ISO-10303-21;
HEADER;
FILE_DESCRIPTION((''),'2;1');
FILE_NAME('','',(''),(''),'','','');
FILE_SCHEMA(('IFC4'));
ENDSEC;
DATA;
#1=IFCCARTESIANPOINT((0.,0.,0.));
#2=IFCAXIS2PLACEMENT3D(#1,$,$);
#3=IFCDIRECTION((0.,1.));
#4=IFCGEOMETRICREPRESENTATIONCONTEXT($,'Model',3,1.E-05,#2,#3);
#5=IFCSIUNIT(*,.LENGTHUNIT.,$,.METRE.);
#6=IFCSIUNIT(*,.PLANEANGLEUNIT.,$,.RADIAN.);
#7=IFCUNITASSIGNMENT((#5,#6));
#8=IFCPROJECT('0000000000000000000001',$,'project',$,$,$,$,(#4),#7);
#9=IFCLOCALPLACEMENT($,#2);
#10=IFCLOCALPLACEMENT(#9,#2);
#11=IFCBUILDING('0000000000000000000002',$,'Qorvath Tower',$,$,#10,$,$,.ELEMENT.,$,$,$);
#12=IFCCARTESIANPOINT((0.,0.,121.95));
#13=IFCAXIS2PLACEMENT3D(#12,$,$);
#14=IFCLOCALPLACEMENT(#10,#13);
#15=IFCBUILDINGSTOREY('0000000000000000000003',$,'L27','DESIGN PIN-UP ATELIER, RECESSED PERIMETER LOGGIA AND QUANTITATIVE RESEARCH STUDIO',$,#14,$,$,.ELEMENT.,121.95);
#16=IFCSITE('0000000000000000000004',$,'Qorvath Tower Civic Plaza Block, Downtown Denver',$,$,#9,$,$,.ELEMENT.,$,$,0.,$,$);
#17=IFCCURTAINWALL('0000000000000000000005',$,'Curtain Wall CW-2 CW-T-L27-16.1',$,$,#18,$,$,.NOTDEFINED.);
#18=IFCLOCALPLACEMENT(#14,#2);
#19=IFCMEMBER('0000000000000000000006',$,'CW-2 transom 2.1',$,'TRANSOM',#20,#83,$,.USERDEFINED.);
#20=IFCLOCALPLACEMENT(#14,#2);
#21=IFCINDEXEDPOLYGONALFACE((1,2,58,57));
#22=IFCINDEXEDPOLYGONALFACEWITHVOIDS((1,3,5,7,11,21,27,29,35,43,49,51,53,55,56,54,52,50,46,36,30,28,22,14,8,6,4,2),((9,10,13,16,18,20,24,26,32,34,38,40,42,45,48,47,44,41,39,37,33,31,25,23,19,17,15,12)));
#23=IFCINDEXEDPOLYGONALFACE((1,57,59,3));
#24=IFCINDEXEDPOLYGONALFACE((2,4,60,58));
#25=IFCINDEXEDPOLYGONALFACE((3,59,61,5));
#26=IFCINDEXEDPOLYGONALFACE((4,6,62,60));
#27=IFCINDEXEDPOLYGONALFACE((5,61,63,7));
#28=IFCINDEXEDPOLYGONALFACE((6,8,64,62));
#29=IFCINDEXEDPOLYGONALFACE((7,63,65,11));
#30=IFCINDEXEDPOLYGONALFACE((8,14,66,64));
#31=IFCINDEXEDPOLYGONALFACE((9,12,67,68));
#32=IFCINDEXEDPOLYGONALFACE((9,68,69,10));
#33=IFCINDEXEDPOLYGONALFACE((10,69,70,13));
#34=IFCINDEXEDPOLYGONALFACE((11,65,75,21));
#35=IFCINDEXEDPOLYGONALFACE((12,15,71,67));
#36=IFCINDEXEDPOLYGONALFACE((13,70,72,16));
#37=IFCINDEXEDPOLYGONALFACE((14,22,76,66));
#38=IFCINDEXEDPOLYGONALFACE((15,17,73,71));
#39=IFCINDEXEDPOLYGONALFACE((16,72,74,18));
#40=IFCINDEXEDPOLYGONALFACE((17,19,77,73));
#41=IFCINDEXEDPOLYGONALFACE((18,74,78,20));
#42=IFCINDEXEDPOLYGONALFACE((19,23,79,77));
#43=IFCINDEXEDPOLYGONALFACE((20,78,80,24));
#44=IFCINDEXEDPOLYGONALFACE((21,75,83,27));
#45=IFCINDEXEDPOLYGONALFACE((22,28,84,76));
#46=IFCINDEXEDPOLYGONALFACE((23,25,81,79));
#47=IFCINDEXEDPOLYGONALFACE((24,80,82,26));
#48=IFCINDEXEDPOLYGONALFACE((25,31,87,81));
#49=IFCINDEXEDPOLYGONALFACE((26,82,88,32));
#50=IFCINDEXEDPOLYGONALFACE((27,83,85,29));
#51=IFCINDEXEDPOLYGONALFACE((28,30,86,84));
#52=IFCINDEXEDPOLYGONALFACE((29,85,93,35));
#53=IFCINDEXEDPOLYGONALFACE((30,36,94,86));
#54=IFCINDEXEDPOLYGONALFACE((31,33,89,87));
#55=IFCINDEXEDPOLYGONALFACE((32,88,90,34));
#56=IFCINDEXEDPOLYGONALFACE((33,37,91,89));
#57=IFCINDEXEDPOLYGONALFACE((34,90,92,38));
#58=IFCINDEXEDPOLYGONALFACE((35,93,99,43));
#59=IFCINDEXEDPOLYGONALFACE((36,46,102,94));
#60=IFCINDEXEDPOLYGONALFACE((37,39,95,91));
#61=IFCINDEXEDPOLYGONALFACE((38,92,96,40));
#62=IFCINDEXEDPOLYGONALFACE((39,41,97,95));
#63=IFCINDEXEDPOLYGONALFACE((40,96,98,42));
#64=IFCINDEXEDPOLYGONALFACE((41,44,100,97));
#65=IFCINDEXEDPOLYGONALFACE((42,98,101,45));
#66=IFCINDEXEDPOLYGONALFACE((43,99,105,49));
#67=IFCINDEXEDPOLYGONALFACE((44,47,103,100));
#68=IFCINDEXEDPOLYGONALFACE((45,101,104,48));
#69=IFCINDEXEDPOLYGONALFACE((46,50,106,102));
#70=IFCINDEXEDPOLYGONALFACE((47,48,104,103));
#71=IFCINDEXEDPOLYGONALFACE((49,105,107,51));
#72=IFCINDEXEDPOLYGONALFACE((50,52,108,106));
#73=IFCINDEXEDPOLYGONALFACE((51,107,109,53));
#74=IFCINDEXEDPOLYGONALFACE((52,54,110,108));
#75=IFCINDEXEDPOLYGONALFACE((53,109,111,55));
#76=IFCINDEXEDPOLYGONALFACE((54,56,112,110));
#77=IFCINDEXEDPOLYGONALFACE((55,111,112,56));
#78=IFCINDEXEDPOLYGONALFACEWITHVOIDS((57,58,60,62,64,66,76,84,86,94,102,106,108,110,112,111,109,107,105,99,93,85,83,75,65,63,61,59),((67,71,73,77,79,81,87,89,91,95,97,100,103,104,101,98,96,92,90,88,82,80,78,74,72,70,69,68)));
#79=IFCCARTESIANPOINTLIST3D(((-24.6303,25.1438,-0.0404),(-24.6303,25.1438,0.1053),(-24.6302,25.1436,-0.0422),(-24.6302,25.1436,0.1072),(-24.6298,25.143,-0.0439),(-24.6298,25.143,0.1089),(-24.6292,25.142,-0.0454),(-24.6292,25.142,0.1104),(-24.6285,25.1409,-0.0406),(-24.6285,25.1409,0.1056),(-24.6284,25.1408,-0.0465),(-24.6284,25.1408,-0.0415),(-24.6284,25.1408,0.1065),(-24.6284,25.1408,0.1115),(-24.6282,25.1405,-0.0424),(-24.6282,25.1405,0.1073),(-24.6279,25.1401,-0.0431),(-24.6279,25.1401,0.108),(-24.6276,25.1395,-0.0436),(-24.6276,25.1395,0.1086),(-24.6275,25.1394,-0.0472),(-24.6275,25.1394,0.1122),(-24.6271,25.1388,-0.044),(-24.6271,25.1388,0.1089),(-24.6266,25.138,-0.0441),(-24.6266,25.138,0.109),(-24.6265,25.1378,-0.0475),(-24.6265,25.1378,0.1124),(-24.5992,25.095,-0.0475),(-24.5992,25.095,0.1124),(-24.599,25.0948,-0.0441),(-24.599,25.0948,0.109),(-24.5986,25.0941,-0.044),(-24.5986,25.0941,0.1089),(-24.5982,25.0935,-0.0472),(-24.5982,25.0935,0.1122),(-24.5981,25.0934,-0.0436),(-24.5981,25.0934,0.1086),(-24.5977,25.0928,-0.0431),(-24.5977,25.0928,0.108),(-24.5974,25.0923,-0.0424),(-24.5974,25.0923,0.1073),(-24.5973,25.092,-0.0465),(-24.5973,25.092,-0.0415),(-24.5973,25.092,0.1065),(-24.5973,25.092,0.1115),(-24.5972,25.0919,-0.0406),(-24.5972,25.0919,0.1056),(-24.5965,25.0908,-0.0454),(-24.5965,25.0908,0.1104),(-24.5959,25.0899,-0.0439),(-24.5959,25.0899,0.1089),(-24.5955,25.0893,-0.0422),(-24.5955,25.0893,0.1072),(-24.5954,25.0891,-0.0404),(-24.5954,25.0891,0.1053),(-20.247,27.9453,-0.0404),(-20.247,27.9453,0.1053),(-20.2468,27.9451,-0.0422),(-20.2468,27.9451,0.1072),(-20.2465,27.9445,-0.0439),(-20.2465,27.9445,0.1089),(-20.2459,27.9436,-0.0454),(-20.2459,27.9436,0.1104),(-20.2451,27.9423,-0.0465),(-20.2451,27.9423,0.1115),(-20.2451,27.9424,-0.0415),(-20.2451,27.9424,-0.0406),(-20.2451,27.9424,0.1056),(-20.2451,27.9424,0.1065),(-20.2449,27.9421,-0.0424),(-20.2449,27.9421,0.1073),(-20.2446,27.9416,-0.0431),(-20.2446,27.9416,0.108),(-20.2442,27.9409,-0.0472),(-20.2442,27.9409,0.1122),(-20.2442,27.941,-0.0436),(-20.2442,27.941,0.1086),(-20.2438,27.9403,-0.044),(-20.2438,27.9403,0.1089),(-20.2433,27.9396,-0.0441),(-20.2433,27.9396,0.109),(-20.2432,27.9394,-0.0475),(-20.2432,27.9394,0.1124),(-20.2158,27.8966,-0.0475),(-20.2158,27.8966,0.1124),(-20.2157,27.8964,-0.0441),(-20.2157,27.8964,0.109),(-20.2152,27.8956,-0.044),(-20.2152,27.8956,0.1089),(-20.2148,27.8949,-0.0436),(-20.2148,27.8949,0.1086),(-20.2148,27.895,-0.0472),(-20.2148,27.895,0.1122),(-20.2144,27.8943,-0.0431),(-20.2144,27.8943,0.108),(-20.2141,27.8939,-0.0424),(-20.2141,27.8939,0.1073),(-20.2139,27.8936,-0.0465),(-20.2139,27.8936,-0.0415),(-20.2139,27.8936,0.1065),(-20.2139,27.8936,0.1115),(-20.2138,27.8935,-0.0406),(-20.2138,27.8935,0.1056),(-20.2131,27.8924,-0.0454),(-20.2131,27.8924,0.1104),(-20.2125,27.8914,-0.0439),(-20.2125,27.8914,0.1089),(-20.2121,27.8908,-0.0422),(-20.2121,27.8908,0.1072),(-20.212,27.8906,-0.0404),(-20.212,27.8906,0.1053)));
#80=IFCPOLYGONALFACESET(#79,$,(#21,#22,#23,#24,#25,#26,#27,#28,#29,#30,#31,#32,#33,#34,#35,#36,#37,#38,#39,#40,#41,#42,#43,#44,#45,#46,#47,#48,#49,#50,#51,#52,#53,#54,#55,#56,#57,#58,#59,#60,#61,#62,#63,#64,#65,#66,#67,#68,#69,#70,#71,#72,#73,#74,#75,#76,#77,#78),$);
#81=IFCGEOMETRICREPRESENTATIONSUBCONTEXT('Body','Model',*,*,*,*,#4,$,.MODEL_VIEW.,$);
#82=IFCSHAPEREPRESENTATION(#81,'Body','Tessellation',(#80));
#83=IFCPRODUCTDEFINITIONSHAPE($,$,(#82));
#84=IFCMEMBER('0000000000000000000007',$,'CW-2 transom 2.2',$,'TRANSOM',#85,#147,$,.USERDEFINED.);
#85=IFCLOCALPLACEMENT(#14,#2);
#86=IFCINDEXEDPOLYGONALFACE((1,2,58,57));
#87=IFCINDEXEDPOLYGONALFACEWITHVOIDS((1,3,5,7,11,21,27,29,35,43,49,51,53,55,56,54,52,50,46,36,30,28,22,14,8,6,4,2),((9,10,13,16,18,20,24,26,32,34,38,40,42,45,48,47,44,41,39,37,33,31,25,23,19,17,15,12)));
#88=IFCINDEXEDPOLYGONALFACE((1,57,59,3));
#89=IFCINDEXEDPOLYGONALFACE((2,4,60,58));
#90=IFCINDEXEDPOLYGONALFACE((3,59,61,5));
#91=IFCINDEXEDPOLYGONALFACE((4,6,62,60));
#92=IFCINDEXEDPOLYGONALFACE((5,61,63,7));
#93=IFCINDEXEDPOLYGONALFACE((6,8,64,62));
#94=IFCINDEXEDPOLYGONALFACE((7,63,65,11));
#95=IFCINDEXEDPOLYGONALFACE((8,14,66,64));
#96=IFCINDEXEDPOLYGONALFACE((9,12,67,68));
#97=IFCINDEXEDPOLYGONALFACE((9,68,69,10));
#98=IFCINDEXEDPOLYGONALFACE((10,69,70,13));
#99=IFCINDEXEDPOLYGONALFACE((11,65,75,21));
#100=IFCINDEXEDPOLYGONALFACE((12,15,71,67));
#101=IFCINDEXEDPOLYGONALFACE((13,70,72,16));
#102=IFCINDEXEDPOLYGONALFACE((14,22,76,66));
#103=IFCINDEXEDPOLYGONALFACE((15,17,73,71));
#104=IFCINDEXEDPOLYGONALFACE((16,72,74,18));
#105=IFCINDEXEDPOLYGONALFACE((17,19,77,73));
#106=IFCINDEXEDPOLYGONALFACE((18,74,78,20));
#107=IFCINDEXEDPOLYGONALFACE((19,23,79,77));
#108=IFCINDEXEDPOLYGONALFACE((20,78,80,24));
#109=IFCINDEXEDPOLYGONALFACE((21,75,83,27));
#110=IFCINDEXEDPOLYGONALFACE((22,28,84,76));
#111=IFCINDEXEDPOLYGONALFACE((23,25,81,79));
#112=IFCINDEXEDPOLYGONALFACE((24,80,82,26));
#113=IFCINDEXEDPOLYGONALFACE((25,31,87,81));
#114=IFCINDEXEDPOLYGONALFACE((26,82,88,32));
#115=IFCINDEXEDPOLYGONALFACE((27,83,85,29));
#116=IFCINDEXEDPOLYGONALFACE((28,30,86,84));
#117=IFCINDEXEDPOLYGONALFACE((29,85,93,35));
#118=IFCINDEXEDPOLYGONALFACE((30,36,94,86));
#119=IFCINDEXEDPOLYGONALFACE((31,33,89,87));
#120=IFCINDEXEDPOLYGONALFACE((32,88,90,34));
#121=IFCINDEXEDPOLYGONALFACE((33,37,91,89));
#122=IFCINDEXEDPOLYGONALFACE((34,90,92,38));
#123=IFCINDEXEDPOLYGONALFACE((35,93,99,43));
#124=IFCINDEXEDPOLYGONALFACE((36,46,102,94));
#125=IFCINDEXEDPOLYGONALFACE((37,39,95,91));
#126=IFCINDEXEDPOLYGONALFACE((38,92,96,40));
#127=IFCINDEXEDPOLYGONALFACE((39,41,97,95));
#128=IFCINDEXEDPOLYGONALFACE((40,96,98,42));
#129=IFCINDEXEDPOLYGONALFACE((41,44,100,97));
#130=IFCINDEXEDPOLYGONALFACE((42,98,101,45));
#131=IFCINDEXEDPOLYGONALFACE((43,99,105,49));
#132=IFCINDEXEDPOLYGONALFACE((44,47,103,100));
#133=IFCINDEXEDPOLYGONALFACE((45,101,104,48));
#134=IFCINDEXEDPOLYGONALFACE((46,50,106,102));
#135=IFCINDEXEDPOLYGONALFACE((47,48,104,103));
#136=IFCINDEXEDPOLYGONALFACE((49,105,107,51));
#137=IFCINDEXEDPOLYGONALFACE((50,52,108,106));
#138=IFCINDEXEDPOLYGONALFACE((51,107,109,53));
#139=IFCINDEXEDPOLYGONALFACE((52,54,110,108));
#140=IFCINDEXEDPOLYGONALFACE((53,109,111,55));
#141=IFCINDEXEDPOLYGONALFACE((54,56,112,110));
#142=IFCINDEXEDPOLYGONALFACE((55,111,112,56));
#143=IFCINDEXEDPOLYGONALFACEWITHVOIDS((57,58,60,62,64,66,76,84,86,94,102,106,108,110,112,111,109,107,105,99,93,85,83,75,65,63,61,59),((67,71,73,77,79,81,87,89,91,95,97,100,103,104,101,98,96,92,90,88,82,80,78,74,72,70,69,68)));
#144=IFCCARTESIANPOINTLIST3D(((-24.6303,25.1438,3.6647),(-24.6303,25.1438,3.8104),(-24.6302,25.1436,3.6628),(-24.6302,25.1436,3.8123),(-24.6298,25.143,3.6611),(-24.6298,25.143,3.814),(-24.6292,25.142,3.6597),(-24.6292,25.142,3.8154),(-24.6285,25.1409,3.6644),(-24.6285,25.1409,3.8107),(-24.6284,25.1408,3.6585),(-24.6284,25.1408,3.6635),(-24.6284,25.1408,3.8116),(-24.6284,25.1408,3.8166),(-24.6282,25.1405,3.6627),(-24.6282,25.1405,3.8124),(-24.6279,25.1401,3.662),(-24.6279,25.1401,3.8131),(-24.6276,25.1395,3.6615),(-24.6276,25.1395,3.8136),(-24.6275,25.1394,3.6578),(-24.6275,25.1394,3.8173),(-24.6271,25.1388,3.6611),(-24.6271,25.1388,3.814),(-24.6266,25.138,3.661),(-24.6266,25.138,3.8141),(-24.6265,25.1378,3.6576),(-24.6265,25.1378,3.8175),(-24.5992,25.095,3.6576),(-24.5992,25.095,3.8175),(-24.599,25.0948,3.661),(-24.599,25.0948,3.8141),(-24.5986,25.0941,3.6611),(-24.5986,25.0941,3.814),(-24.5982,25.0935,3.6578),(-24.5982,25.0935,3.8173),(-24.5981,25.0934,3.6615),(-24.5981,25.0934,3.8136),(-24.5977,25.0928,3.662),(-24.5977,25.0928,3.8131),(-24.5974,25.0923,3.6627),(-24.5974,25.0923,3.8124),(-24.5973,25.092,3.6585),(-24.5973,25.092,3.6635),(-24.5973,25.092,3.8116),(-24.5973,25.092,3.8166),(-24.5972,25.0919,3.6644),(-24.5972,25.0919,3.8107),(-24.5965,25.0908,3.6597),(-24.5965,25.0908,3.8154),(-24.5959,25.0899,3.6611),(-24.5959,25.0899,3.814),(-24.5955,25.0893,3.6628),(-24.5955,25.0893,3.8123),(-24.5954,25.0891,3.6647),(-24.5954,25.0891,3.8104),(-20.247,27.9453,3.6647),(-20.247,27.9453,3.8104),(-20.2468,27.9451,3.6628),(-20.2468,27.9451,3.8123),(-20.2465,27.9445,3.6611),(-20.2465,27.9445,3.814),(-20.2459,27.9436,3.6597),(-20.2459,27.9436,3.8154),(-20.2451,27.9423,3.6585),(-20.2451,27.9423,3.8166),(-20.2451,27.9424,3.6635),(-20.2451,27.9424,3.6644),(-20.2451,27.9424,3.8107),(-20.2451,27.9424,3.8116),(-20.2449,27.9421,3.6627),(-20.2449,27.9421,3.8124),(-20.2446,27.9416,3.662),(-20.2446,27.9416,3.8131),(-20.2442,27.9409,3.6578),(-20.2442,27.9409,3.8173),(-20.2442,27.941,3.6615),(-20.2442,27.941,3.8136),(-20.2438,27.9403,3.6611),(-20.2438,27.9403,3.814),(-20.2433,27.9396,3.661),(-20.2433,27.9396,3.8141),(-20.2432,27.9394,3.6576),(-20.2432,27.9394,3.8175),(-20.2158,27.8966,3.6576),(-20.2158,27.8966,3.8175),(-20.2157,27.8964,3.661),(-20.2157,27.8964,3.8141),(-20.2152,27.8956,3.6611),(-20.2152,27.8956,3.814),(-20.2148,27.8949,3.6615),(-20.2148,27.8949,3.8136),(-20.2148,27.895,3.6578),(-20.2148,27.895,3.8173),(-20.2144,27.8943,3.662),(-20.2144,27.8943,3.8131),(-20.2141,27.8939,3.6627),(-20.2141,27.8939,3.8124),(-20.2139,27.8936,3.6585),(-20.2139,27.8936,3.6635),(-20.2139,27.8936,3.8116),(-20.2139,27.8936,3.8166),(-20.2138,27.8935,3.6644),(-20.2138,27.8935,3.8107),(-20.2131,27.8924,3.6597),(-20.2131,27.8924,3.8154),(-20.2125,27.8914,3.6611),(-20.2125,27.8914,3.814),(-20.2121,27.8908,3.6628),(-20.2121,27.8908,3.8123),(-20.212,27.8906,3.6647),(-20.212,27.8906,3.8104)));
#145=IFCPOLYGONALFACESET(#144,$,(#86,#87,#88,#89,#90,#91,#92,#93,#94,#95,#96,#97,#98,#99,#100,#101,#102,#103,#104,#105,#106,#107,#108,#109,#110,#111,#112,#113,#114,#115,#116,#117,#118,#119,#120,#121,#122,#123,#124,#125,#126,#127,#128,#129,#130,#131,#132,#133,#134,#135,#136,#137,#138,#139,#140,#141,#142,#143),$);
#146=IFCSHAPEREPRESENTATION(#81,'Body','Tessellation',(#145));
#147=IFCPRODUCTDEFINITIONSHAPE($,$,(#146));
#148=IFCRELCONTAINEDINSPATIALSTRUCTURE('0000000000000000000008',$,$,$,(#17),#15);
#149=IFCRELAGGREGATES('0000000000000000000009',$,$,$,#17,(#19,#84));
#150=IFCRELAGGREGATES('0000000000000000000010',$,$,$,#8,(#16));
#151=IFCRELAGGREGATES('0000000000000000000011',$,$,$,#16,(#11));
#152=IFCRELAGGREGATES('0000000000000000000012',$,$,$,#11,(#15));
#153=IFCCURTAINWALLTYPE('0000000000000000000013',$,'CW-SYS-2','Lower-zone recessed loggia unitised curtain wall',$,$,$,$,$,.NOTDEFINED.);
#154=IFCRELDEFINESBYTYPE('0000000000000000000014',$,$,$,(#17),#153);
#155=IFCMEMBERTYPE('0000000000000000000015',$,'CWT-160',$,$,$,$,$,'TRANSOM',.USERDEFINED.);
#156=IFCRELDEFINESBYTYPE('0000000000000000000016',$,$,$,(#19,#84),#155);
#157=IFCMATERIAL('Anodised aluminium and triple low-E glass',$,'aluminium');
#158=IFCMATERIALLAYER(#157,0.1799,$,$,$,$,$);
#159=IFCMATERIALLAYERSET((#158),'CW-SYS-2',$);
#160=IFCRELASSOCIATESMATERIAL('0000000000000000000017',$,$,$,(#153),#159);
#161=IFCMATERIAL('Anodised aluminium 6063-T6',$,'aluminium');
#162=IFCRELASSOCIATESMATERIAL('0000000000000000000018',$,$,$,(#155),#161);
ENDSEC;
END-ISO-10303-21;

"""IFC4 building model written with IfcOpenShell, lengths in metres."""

from ifc_helpers import new_model, si_unit, direction, frame, origin, origin_2d, place, context, subcontext, project, spatial, hollow_rectangle, extrude, material, layer, layer_set, material_profile, profile_set, type_object, element, aggregate, save


model = new_model("IFC4")

# Units and contexts
model_context = context("Model", 3, precision=1e-05, world=origin(), true_north=direction((0.0, 1.0)))
body_context = subcontext(model_context, "Body", "Model", "MODEL_VIEW")
ifc_project = project(units=[si_unit("LENGTHUNIT", "METRE"), si_unit("PLANEANGLEUNIT", "RADIAN")], contexts=[model_context])

# Site, building, storey
site_placement = place(None, origin())
site = spatial("IfcSite", under=ifc_project, at=site_placement, Name="Qorvath Tower Civic Plaza Block, Downtown Denver", CompositionType="ELEMENT", RefElevation=0.0)
building_placement = place(site_placement, origin())
building = spatial("IfcBuilding", under=site, at=building_placement, Name="Qorvath Tower", CompositionType="ELEMENT")
storey_placement = place(building_placement, frame((0.0, 0.0, 121.95)))
storey = spatial("IfcBuildingStorey", under=building, at=storey_placement, Name="L27", Description="DESIGN PIN-UP ATELIER, RECESSED PERIMETER LOGGIA AND QUANTITATIVE RESEARCH STUDIO", CompositionType="ELEMENT", Elevation=121.95)

# Curtain wall
ifc_material_1 = material(Name="Anodised aluminium and triple low-E glass", Category="aluminium")
ifc_layer_1 = layer(ifc_material_1, 0.1799)
ifc_layer_set_1 = layer_set([ifc_layer_1], Name="CW-SYS-2")
curtain_wall_type = type_object("IfcCurtainWallType", Name="CW-SYS-2", Description="Lower-zone recessed loggia unitised curtain wall", PredefinedType="NOTDEFINED", material=ifc_layer_set_1)
curtain_wall_1_placement = place(storey_placement, origin())
curtain_wall_1 = element("IfcCurtainWall", 1, at=curtain_wall_1_placement, inside=storey, type_object=curtain_wall_type, Name="Curtain Wall CW-2 CW-T-L27-16.1", PredefinedType="NOTDEFINED")

# Members
ifc_material_2 = material(Name="Anodised aluminium 6063-T6", Category="aluminium")
ifc_material_profile_1 = material_profile(ifc_material_2, hollow_rectangle(XDim=0.0649, YDim=0.1599, WallThickness=0.0034, InnerFilletRadius=0.0034, OuterFilletRadius=0.0071, at=origin_2d()), Name="CWT 160x65")
ifc_profile_set_1 = profile_set([ifc_material_profile_1], Name="Anodised aluminium 6063-T6")
member_type_1 = type_object("IfcMemberType", Name="CWT-160", ElementType="TRANSOM", PredefinedType="USERDEFINED", material=ifc_profile_set_1)
member_1_placement = place(storey_placement, frame((-20.2295, 27.918, 0.0325), z_axis=(-0.842603, -0.538536, 0.0), x_axis=(0.538536, -0.842603, 0.0)))
member_1 = element("IfcMember", 2, at=member_1_placement, type_object=member_type_1, Name="CW-2 transom 2.1", ObjectType="TRANSOM", PredefinedType="USERDEFINED", context=body_context, shape_type="SweptSolid", body=[
    extrude(hollow_rectangle(XDim=0.0649, YDim=0.1599, WallThickness=0.0034, InnerFilletRadius=0.0034, OuterFilletRadius=0.0071, at=origin_2d()), origin(), (0.0, 0.0, 1.0), 5.2021),
])
member_2_placement = place(storey_placement, frame((-20.2295, 27.918, 3.7375), z_axis=(-0.842603, -0.538536, 0.0), x_axis=(0.538536, -0.842603, 0.0)))
member_2 = element("IfcMember", 3, at=member_2_placement, type_object=member_type_1, Name="CW-2 transom 2.2", ObjectType="TRANSOM", PredefinedType="USERDEFINED", context=body_context, shape_type="SweptSolid", body=[
    extrude(hollow_rectangle(XDim=0.0649, YDim=0.1599, WallThickness=0.0034, InnerFilletRadius=0.0034, OuterFilletRadius=0.0071, at=origin_2d()), origin(), (0.0, 0.0, 1.0), 5.2021),
])

aggregate(curtain_wall_1, [member_1, member_2])

save(model, "model.ifc")
